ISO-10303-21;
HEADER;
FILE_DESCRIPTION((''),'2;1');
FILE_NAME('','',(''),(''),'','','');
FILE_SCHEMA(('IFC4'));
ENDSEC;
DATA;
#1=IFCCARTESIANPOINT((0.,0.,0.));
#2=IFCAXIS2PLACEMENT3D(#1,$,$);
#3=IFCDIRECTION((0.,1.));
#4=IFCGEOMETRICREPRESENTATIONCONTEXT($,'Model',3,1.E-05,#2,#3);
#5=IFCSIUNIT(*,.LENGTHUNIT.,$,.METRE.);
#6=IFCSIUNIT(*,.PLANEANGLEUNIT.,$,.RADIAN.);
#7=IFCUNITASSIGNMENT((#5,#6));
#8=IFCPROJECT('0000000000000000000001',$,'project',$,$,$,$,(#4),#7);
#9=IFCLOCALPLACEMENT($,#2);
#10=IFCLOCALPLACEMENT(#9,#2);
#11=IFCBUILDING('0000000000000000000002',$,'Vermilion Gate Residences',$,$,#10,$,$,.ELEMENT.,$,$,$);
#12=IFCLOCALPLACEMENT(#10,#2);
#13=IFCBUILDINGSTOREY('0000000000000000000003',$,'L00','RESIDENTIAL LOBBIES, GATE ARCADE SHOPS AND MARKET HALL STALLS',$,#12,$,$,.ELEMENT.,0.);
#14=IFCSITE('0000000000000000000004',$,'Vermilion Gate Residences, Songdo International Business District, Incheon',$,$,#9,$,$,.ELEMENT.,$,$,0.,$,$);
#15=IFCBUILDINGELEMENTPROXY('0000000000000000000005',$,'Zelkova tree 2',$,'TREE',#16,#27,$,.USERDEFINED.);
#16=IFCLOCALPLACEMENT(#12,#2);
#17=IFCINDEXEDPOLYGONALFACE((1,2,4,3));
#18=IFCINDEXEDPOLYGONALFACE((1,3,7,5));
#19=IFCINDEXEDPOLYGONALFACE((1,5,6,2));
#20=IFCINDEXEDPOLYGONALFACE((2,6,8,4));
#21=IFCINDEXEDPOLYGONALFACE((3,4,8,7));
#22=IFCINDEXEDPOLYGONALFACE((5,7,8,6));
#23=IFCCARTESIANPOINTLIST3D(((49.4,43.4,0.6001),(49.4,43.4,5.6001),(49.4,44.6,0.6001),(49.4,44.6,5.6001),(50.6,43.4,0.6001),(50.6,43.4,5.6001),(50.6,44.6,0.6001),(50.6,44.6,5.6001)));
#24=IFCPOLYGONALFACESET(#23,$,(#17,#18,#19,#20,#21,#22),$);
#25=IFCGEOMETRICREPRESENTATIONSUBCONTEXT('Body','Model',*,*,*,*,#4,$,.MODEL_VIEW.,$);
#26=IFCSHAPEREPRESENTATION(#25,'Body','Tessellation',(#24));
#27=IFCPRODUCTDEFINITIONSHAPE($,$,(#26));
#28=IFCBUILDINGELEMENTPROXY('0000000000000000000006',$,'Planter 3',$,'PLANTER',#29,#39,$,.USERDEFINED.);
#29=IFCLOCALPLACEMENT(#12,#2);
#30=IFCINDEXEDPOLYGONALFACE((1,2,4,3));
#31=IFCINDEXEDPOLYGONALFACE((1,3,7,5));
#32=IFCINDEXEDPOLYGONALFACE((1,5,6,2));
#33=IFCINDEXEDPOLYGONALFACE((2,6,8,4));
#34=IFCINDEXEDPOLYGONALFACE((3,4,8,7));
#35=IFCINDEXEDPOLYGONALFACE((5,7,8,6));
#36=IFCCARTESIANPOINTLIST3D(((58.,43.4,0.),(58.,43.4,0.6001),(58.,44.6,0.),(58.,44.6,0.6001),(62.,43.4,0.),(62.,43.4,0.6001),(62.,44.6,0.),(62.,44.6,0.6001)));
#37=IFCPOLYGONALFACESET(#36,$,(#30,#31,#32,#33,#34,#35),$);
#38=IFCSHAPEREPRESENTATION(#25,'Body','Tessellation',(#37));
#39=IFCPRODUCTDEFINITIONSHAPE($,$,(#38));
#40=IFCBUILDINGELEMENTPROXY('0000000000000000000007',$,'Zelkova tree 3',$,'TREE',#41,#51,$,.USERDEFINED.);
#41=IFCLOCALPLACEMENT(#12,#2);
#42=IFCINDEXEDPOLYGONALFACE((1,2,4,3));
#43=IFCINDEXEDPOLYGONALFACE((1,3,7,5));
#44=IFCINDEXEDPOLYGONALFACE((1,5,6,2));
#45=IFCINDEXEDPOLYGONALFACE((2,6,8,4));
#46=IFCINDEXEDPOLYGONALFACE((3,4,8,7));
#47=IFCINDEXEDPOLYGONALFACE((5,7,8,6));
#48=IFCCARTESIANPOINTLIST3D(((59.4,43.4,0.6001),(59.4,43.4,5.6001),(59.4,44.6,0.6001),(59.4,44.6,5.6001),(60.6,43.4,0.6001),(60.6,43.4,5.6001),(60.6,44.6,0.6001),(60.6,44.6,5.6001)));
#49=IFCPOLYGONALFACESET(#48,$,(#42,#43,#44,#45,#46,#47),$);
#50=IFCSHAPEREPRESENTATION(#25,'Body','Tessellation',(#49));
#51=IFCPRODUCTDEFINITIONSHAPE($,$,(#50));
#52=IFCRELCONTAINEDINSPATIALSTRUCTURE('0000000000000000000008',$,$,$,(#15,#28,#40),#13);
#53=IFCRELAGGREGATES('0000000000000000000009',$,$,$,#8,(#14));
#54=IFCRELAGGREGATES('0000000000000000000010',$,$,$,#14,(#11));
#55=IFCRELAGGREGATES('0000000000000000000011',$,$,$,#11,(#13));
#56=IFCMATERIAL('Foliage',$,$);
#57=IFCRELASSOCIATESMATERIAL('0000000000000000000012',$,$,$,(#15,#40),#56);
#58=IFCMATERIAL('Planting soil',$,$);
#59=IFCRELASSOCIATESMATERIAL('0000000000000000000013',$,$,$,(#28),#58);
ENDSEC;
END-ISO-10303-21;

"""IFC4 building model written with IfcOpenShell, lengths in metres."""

from ifc_helpers import new_model, si_unit, direction, frame, origin, origin_2d, place, context, subcontext, project, spatial, rectangle, extrude, material, element, save


model = new_model("IFC4")

# Units and contexts
model_context = context("Model", 3, precision=1e-05, world=origin(), true_north=direction((0.0, 1.0)))
body_context = subcontext(model_context, "Body", "Model", "MODEL_VIEW")
ifc_project = project(units=[si_unit("LENGTHUNIT", "METRE"), si_unit("PLANEANGLEUNIT", "RADIAN")], contexts=[model_context])

# Site, building, storey
site_placement = place(None, origin())
site = spatial("IfcSite", under=ifc_project, at=site_placement, Name="Vermilion Gate Residences, Songdo International Business District, Incheon", CompositionType="ELEMENT", RefElevation=0.0)
building_placement = place(site_placement, origin())
building = spatial("IfcBuilding", under=site, at=building_placement, Name="Vermilion Gate Residences", CompositionType="ELEMENT")
storey_placement = place(building_placement, origin())
storey = spatial("IfcBuildingStorey", under=building, at=storey_placement, Name="L00", Description="RESIDENTIAL LOBBIES, GATE ARCADE SHOPS AND MARKET HALL STALLS", CompositionType="ELEMENT", Elevation=0.0)

# Building element proxies
ifc_material_1 = material(Name="Planting soil")
ifc_material_2 = material(Name="Foliage")
proxy_1_placement = place(storey_placement, frame((50.0, 44.0, 0.6001), z_axis=(0.0, 0.0, 1.0), x_axis=(1.0, 0.0, 0.0)))
element("IfcBuildingElementProxy", 1, at=proxy_1_placement, inside=storey, material=ifc_material_2, Name="Zelkova tree 2", ObjectType="TREE", PredefinedType="USERDEFINED", context=body_context, shape_type="SweptSolid", body=[
    extrude(rectangle(XDim=1.2, YDim=1.2, at=origin_2d()), origin(), (0.0, 0.0, 1.0), 5.0),
])
proxy_2_placement = place(storey_placement, frame((60.0, 44.0, 0.0), z_axis=(0.0, 0.0, 1.0), x_axis=(1.0, 0.0, 0.0)))
element("IfcBuildingElementProxy", 2, at=proxy_2_placement, inside=storey, material=ifc_material_1, Name="Planter 3", ObjectType="PLANTER", PredefinedType="USERDEFINED", context=body_context, shape_type="SweptSolid", body=[
    extrude(rectangle(XDim=4.0, YDim=1.2, at=origin_2d()), origin(), (0.0, 0.0, 1.0), 0.6001),
])
proxy_3_placement = place(storey_placement, frame((60.0, 44.0, 0.6001), z_axis=(0.0, 0.0, 1.0), x_axis=(1.0, 0.0, 0.0)))
element("IfcBuildingElementProxy", 3, at=proxy_3_placement, inside=storey, material=ifc_material_2, Name="Zelkova tree 3", ObjectType="TREE", PredefinedType="USERDEFINED", context=body_context, shape_type="SweptSolid", body=[
    extrude(rectangle(XDim=1.2, YDim=1.2, at=origin_2d()), origin(), (0.0, 0.0, 1.0), 5.0),
])

save(model, "model.ifc")
